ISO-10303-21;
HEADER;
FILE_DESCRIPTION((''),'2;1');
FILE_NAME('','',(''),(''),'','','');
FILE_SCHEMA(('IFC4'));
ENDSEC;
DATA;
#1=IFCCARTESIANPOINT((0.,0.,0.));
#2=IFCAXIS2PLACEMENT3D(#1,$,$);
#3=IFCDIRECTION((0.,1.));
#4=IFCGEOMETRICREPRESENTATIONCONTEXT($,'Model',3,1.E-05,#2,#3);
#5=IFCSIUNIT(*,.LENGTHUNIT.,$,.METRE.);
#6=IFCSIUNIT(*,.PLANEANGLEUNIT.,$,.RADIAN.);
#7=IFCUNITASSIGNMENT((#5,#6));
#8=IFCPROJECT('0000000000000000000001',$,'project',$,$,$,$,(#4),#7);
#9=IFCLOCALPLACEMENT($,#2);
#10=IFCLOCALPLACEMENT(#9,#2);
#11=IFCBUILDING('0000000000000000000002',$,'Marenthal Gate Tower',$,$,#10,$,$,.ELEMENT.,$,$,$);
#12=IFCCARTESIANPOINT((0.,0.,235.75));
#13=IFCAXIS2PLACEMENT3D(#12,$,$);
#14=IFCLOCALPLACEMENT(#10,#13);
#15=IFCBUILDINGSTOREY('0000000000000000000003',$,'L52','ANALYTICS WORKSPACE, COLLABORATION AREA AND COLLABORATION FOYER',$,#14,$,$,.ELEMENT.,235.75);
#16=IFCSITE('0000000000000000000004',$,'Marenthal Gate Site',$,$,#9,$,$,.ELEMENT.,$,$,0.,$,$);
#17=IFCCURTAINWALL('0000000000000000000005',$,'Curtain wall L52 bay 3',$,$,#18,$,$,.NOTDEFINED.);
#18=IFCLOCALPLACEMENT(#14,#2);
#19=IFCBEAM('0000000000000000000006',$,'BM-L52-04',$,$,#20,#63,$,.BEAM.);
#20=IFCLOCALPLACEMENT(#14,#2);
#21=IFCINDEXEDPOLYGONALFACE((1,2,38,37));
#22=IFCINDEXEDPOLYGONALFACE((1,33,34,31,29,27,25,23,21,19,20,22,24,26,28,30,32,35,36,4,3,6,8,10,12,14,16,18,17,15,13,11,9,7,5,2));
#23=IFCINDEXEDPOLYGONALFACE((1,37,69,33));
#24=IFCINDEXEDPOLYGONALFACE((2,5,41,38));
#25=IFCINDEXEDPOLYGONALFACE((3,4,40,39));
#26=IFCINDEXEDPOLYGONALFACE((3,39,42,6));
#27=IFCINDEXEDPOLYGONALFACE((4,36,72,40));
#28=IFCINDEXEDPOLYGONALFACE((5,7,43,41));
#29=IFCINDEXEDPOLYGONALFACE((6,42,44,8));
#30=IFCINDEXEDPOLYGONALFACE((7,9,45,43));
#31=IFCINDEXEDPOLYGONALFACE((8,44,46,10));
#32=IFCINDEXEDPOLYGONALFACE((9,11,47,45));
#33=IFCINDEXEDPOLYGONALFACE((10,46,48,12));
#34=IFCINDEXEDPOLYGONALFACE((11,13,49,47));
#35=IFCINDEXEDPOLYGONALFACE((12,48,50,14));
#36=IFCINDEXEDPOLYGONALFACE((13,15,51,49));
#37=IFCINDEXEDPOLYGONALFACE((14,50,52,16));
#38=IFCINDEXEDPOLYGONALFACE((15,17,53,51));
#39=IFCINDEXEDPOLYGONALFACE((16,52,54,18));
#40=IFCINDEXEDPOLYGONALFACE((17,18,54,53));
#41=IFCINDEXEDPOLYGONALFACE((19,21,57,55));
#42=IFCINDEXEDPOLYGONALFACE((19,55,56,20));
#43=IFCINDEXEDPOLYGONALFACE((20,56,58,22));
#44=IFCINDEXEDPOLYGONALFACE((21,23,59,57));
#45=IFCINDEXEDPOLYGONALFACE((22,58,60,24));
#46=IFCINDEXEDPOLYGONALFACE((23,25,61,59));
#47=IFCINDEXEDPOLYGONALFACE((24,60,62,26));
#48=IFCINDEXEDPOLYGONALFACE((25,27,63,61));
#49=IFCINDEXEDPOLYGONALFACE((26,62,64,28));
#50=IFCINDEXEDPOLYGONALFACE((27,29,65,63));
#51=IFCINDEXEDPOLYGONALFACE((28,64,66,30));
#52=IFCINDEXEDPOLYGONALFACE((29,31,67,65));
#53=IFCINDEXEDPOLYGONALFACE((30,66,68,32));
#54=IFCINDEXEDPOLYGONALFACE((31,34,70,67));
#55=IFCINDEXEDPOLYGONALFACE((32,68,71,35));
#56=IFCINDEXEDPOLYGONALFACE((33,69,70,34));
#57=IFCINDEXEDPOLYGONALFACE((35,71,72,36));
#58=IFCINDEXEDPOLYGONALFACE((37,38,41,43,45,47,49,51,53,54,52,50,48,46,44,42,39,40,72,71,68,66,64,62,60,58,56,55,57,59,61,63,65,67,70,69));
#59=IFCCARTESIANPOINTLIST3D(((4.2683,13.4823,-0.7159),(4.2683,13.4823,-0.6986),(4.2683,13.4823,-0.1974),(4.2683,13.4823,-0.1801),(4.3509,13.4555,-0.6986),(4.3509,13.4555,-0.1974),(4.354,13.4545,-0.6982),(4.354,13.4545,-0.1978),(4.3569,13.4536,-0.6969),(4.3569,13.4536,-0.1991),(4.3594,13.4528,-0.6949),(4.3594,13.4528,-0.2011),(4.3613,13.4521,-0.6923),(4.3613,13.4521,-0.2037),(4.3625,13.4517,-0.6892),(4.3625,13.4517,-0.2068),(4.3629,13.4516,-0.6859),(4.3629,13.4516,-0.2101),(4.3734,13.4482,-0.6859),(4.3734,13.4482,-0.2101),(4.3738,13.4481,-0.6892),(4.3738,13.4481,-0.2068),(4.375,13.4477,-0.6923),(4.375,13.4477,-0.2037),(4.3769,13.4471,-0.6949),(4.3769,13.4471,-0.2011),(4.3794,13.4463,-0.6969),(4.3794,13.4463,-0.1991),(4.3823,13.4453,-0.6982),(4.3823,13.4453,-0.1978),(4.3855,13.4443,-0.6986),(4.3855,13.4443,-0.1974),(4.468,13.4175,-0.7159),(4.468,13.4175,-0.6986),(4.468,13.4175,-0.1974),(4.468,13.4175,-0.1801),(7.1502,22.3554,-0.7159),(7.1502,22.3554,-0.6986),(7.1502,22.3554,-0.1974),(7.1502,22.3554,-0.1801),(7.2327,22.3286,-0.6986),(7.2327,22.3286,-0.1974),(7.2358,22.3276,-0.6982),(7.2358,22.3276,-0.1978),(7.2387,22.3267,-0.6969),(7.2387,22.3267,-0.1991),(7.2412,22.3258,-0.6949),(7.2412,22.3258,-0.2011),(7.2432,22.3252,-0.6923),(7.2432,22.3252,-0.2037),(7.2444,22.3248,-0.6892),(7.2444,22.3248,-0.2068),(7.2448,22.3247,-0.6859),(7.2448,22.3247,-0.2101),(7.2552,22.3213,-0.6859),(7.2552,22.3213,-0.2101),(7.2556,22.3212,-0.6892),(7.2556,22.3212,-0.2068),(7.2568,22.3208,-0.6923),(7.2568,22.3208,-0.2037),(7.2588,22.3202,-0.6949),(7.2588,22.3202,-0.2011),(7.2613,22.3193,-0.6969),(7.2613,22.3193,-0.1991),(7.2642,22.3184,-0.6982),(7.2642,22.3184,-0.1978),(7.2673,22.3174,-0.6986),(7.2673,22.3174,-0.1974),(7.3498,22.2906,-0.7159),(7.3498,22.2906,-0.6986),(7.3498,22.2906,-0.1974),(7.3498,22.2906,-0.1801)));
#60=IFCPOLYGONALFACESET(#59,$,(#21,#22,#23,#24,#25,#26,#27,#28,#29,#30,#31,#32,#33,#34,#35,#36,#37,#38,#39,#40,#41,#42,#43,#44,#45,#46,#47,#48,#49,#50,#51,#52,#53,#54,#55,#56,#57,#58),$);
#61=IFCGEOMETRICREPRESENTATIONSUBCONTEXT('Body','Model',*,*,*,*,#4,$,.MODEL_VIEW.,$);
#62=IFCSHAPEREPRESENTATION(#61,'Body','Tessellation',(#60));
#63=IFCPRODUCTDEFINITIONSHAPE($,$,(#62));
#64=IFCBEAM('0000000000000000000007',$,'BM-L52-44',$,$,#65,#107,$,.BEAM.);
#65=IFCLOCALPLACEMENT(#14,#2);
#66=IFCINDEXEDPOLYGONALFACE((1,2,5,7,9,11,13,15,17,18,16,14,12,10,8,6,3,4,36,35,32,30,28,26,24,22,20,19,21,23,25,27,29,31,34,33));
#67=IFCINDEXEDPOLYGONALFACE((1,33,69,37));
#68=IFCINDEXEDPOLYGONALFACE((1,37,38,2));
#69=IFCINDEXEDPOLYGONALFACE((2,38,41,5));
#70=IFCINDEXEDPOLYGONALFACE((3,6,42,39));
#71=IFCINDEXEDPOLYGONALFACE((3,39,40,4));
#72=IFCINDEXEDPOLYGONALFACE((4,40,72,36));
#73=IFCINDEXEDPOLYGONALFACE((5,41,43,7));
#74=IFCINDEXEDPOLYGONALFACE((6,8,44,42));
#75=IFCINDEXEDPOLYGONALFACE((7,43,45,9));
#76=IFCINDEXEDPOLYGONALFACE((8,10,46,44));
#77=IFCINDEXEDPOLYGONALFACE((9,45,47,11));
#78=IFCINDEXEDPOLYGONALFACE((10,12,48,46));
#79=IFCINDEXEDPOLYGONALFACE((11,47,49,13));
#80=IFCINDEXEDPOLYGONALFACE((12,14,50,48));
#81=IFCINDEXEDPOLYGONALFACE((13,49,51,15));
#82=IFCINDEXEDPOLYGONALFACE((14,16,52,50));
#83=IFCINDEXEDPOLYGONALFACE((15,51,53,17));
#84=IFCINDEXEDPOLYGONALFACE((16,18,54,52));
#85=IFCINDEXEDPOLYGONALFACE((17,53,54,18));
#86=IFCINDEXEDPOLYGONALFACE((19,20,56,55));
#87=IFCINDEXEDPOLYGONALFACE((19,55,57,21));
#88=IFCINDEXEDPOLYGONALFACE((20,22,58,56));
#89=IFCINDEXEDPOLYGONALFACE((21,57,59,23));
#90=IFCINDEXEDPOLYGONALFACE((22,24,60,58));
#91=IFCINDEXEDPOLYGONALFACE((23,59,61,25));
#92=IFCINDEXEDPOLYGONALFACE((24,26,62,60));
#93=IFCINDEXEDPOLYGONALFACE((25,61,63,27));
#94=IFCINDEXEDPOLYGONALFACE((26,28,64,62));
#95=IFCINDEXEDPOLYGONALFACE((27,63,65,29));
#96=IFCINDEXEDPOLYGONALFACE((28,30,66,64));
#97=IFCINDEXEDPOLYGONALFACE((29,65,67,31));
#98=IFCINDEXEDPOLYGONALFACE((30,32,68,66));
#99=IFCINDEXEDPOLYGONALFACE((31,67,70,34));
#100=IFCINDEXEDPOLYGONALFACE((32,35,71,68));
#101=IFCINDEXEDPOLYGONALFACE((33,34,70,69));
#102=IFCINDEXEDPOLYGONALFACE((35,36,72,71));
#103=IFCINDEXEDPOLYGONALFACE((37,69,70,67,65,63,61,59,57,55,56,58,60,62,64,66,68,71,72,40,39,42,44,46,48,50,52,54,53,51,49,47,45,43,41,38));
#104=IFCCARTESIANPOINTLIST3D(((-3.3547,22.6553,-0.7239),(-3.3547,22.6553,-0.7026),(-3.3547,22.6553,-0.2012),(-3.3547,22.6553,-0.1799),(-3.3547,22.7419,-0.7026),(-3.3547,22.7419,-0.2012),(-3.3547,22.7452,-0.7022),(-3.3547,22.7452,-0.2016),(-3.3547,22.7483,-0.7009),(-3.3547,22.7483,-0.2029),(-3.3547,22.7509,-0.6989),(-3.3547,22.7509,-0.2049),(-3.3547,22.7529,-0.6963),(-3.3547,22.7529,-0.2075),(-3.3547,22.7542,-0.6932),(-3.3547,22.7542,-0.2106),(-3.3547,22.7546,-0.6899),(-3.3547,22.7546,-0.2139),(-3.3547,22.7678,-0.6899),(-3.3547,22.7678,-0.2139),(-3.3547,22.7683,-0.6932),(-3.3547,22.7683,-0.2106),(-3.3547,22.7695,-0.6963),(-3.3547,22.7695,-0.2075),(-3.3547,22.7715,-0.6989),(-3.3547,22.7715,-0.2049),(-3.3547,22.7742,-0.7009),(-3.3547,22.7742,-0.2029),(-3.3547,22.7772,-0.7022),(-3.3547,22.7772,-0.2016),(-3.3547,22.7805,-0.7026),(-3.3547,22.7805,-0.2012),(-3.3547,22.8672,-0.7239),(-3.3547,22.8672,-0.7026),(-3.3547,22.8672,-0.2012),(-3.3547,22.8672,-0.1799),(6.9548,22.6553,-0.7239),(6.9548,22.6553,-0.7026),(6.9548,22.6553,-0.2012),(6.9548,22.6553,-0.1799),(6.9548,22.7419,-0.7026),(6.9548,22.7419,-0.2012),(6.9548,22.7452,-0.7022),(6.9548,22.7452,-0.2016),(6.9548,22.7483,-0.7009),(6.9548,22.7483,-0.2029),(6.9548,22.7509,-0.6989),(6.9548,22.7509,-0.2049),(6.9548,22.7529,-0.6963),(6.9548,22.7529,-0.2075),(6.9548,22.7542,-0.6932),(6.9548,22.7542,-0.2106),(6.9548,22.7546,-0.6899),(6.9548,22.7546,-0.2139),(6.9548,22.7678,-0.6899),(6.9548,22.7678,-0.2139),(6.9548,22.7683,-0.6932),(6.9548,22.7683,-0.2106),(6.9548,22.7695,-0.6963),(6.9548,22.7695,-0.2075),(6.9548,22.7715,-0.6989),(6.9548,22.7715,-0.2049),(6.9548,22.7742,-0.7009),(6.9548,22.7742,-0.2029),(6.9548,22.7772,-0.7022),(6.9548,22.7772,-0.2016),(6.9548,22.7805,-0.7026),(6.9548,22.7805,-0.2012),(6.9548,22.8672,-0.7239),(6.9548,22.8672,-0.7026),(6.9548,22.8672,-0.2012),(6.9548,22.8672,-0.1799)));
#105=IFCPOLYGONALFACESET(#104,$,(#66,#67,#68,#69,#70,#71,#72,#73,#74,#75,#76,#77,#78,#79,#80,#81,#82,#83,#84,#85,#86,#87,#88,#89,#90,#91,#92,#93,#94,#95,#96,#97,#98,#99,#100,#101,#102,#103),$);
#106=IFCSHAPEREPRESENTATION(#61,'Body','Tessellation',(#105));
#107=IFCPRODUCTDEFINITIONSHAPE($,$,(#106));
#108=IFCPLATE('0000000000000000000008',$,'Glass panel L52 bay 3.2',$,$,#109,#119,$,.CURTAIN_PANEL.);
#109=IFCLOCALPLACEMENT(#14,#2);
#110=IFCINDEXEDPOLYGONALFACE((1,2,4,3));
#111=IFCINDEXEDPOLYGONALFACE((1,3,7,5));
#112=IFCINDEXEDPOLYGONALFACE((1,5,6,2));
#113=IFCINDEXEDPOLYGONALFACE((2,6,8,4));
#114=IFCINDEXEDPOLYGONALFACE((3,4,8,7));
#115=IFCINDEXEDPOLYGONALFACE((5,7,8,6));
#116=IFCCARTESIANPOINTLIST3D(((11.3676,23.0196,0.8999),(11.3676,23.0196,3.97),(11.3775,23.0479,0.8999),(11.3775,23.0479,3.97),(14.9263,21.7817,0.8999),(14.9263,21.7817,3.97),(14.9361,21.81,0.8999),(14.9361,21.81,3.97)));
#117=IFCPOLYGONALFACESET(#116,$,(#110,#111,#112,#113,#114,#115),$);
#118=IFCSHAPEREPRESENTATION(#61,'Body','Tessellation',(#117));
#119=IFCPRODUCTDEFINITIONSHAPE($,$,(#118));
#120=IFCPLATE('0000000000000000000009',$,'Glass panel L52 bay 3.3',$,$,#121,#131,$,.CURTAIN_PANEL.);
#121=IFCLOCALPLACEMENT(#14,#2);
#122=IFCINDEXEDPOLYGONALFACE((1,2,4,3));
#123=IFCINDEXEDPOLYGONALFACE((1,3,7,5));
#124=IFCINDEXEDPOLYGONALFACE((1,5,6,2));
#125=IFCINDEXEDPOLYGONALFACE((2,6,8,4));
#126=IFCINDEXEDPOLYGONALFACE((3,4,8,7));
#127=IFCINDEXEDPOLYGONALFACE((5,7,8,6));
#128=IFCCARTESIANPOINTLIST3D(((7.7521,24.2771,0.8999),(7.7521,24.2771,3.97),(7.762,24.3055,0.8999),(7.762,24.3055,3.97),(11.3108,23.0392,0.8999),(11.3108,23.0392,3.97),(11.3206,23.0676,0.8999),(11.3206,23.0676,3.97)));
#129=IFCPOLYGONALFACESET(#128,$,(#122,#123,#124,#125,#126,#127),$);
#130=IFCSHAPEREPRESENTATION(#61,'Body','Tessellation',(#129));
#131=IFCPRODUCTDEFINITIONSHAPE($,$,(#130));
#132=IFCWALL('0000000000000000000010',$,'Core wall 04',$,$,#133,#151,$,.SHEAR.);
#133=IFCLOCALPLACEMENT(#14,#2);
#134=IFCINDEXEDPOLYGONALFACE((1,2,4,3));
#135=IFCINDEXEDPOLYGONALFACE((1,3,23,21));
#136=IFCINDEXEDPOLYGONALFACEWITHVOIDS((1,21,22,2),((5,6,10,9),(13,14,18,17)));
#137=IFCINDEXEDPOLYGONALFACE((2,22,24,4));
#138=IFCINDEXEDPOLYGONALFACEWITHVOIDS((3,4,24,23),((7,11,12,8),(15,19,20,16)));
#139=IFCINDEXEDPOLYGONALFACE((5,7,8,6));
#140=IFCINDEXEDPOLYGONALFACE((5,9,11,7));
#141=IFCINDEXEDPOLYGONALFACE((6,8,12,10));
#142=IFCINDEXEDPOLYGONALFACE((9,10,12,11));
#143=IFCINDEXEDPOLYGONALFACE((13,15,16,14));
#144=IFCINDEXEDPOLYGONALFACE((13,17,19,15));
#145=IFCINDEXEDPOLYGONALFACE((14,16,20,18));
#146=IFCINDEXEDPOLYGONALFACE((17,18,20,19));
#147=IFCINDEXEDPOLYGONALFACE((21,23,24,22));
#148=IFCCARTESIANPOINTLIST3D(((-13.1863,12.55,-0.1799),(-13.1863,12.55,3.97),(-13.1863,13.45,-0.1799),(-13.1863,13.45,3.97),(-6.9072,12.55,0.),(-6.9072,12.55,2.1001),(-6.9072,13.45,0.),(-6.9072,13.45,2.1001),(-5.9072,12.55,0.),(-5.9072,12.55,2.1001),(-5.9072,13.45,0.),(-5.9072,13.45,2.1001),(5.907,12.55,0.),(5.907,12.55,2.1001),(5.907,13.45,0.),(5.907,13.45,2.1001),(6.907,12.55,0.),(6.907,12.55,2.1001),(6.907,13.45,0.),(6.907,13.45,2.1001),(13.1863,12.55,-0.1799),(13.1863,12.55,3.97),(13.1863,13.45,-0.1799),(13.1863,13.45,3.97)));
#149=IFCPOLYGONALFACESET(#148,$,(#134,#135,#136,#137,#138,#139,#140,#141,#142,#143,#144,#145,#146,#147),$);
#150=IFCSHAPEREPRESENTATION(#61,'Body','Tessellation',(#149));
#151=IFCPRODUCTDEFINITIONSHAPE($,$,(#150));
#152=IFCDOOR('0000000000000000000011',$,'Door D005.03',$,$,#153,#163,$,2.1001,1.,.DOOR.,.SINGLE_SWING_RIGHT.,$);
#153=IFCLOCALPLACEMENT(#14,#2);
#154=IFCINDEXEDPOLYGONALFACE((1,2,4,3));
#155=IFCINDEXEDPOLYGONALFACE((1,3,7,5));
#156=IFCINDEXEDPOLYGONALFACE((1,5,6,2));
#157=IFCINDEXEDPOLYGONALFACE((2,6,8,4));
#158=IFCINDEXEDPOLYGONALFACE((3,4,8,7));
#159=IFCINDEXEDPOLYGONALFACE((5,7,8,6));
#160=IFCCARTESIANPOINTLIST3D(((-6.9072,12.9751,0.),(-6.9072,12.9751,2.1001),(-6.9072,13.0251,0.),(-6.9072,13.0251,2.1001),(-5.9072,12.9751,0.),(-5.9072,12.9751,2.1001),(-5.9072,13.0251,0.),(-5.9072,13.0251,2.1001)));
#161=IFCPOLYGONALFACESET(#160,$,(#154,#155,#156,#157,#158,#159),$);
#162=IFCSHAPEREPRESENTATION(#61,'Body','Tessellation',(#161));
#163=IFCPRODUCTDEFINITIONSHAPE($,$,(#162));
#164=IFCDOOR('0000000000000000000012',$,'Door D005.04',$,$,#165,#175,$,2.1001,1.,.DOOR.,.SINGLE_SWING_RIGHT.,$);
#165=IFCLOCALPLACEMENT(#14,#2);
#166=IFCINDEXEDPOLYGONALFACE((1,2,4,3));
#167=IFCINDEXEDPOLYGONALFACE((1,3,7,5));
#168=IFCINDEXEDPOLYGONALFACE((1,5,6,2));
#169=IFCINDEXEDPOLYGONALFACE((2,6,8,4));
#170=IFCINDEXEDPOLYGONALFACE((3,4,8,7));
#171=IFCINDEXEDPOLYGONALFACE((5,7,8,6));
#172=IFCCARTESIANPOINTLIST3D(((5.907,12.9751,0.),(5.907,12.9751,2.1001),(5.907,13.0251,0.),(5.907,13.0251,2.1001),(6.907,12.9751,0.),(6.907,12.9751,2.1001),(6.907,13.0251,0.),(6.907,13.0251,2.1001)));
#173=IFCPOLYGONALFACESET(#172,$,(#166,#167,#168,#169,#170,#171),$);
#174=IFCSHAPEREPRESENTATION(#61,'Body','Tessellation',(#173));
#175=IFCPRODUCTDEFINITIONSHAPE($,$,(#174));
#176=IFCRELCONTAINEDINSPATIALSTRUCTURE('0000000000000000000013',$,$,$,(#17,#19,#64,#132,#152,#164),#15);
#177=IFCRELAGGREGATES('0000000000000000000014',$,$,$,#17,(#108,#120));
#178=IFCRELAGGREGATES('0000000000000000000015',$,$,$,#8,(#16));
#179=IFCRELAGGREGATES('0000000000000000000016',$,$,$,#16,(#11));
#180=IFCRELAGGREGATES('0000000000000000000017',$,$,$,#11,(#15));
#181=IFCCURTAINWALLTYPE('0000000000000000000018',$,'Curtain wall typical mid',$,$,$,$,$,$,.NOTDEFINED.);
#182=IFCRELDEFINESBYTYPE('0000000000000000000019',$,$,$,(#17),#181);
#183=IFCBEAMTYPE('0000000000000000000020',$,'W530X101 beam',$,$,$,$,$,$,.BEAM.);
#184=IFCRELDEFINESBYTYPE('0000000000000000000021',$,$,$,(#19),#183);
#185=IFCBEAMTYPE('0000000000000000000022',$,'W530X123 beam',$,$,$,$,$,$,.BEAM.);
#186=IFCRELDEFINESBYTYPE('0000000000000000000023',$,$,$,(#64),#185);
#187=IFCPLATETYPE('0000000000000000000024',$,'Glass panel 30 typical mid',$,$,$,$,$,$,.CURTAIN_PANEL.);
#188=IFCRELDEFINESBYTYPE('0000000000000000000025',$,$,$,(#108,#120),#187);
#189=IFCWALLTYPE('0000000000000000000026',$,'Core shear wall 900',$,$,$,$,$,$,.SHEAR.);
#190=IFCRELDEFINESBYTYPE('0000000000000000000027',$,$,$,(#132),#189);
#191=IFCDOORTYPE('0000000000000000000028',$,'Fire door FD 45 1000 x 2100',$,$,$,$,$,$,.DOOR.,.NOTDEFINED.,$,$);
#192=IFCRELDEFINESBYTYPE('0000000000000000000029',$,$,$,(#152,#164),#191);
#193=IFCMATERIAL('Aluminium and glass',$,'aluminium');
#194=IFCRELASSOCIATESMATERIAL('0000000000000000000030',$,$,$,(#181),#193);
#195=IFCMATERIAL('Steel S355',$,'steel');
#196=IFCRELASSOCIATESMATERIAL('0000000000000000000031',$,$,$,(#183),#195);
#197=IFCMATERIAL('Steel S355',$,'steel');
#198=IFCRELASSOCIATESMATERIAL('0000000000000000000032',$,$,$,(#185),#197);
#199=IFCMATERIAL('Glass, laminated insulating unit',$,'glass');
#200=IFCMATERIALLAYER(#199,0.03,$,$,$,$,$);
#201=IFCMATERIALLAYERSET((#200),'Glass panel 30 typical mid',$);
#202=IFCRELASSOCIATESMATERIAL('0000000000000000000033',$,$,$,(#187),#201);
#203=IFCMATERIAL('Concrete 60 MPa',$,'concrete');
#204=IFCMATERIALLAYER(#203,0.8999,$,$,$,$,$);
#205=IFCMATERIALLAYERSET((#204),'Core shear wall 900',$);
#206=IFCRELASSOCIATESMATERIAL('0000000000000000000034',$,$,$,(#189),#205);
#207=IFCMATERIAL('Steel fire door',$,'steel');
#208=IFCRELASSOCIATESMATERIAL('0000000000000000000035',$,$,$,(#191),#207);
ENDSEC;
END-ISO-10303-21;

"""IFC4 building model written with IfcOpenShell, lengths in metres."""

from ifc_helpers import new_model, si_unit, direction, frame, frame_2d, origin, origin_2d, place, context, subcontext, project, spatial, rectangle, i_section, extrude, material, layer, layer_set, material_profile, profile_set, type_object, element, fill, aggregate, save


model = new_model("IFC4")

# Units and contexts
model_context = context("Model", 3, precision=1e-05, world=origin(), true_north=direction((0.0, 1.0)))
body_context = subcontext(model_context, "Body", "Model", "MODEL_VIEW")
ifc_project = project(units=[si_unit("LENGTHUNIT", "METRE"), si_unit("PLANEANGLEUNIT", "RADIAN")], contexts=[model_context])

# Site, building, storey
site_placement = place(None, origin())
site = spatial("IfcSite", under=ifc_project, at=site_placement, Name="Marenthal Gate Site", CompositionType="ELEMENT", RefElevation=0.0)
building_placement = place(site_placement, origin())
building = spatial("IfcBuilding", under=site, at=building_placement, Name="Marenthal Gate Tower", CompositionType="ELEMENT")
storey_placement = place(building_placement, frame((0.0, 0.0, 235.75)))
storey = spatial("IfcBuildingStorey", under=building, at=storey_placement, Name="L52", Description="ANALYTICS WORKSPACE, COLLABORATION AREA AND COLLABORATION FOYER", CompositionType="ELEMENT", Elevation=235.75)

# Curtain wall
ifc_material_1 = material(Name="Aluminium and glass", Category="aluminium")
curtain_wall_type = type_object("IfcCurtainWallType", Name="Curtain wall typical mid", PredefinedType="NOTDEFINED", material=ifc_material_1)
curtain_wall_placement = place(storey_placement, origin())
curtain_wall = element("IfcCurtainWall", 1, at=curtain_wall_placement, inside=storey, type_object=curtain_wall_type, Name="Curtain wall L52 bay 3", PredefinedType="NOTDEFINED")

# Beams
ifc_material_2 = material(Name="Steel S355", Category="steel")
ifc_material_profile_1 = material_profile(ifc_material_2, i_section(OverallWidth=0.21, OverallDepth=0.5359, WebThickness=0.011, FlangeThickness=0.0173, FilletRadius=0.0127, at=origin_2d()), Name="W530X101")
ifc_profile_set_1 = profile_set([ifc_material_profile_1], Name="Steel S355")
beam_type_1 = type_object("IfcBeamType", Name="W530X101 beam", PredefinedType="BEAM", material=ifc_profile_set_1)
beam_1_placement = place(storey_placement, frame((7.25, 22.323, -0.448), z_axis=(-0.308901, -0.951094, 0.0), x_axis=(0.951094, -0.308901, 0.0)))
element("IfcBeam", 2, at=beam_1_placement, inside=storey, type_object=beam_type_1, Name="BM-L52-04", PredefinedType="BEAM", context=body_context, shape_type="SweptSolid", body=[
    extrude(i_section(OverallWidth=0.21, OverallDepth=0.5359, WebThickness=0.011, FlangeThickness=0.0173, FilletRadius=0.0127, at=origin_2d()), origin(), (0.0, 0.0, 1.0), 9.3293),
])
ifc_material_3 = material(Name="Steel S355", Category="steel")
ifc_material_profile_2 = material_profile(ifc_material_3, i_section(OverallWidth=0.2119, OverallDepth=0.5439, WebThickness=0.0132, FlangeThickness=0.0212, FilletRadius=0.0127, at=origin_2d()), Name="W530X123")
ifc_profile_set_2 = profile_set([ifc_material_profile_2], Name="Steel S355")
beam_type_2 = type_object("IfcBeamType", Name="W530X123 beam", PredefinedType="BEAM", material=ifc_profile_set_2)
beam_2_placement = place(storey_placement, frame((6.9548, 22.7612, -0.4519), z_axis=(-1.0, 0.0, 0.0), x_axis=(0.0, -1.0, 0.0)))
element("IfcBeam", 3, at=beam_2_placement, inside=storey, type_object=beam_type_2, Name="BM-L52-44", PredefinedType="BEAM", context=body_context, shape_type="SweptSolid", body=[
    extrude(i_section(OverallWidth=0.2119, OverallDepth=0.5439, WebThickness=0.0132, FlangeThickness=0.0212, FilletRadius=0.0127, at=origin_2d()), origin(), (0.0, 0.0, 1.0), 10.3096),
])

# Plates
ifc_material_4 = material(Name="Glass, laminated insulating unit", Category="glass")
ifc_layer_1 = layer(ifc_material_4, 0.03)
ifc_layer_set_1 = layer_set([ifc_layer_1], Name="Glass panel 30 typical mid")
plate_type = type_object("IfcPlateType", Name="Glass panel 30 typical mid", PredefinedType="CURTAIN_PANEL", material=ifc_layer_set_1)
plate_1_placement = place(storey_placement, frame((13.1519, 22.4148, 0.8999), z_axis=(0.0, 0.0, 1.0), x_axis=(-0.94449, 0.32854, 0.0)))
plate_1 = element("IfcPlate", 4, at=plate_1_placement, type_object=plate_type, Name="Glass panel L52 bay 3.2", PredefinedType="CURTAIN_PANEL", context=body_context, shape_type="SweptSolid", body=[
    extrude(rectangle(XDim=3.7678, YDim=0.03, at=origin_2d()), origin(), (0.0, 0.0, 1.0), 3.0701),
])
plate_2_placement = place(storey_placement, frame((9.5364, 23.6724, 0.8999), z_axis=(0.0, 0.0, 1.0), x_axis=(-0.94449, 0.32854, 0.0)))
plate_2 = element("IfcPlate", 5, at=plate_2_placement, type_object=plate_type, Name="Glass panel L52 bay 3.3", PredefinedType="CURTAIN_PANEL", context=body_context, shape_type="SweptSolid", body=[
    extrude(rectangle(XDim=3.7678, YDim=0.03, at=origin_2d()), origin(), (0.0, 0.0, 1.0), 3.0701),
])
aggregate(curtain_wall, [plate_1, plate_2])

# Wall, openings, doors
ifc_material_5 = material(Name="Concrete 60 MPa", Category="concrete")
ifc_layer_2 = layer(ifc_material_5, 0.8999)
ifc_layer_set_2 = layer_set([ifc_layer_2], Name="Core shear wall 900")
wall_type_1 = type_object("IfcWallType", Name="Core shear wall 900", PredefinedType="SHEAR", material=ifc_layer_set_2)
wall_1_placement = place(storey_placement, frame((13.1863, 13.0, -0.1799), z_axis=(0.0, 0.0, 1.0), x_axis=(-1.0, 0.0, 0.0)))
wall_1 = element("IfcWall", 6, at=wall_1_placement, inside=storey, type_object=wall_type_1, Name="Core wall 04", PredefinedType="SHEAR", context=body_context, shape_type="SweptSolid", body=[
    extrude(rectangle(XDim=26.3726, YDim=0.8999, at=frame_2d((13.1863, 0.0))), origin(), (0.0, 0.0, 1.0), 4.1499),
])
opening_1_placement = place(wall_1_placement, frame((19.0935, 0.0, 0.1799)))
opening_1 = element("IfcOpeningElement", 7, at=opening_1_placement, cuts=wall_1, PredefinedType="OPENING", context=body_context, shape_type="SweptSolid", body=[
    extrude(rectangle(XDim=1.0, YDim=2.1001, at=frame_2d((0.5, 1.05))), frame((0.0, 0.46, 0.0), z_axis=(0.0, -1.0, 0.0), x_axis=(1.0, 0.0, 0.0)), (0.0, 0.0, 1.0), 0.9199),
])
opening_2_placement = place(wall_1_placement, frame((6.2793, 0.0, 0.1799)))
opening_2 = element("IfcOpeningElement", 8, at=opening_2_placement, cuts=wall_1, PredefinedType="OPENING", context=body_context, shape_type="SweptSolid", body=[
    extrude(rectangle(XDim=1.0, YDim=2.1001, at=frame_2d((0.5, 1.05))), frame((0.0, 0.46, 0.0), z_axis=(0.0, -1.0, 0.0), x_axis=(1.0, 0.0, 0.0)), (0.0, 0.0, 1.0), 0.9199),
])
ifc_material_6 = material(Name="Steel fire door", Category="steel")
door_type_1 = type_object("IfcDoorType", Name="Fire door FD 45 1000 x 2100", OperationType="NOTDEFINED", PredefinedType="DOOR", material=ifc_material_6)
door_1_placement = place(opening_1_placement, origin())
door_1 = element("IfcDoor", 9, at=door_1_placement, inside=storey, type_object=door_type_1, Name="Door D005.03", OperationType="SINGLE_SWING_RIGHT", OverallHeight=2.1001, OverallWidth=1.0, PredefinedType="DOOR", context=body_context, shape_type="SweptSolid", body=[
    extrude(rectangle(XDim=1.0, YDim=2.1001, at=frame_2d((0.5, 1.05))), frame((0.0, 0.0249, 0.0), z_axis=(0.0, -1.0, 0.0), x_axis=(1.0, 0.0, 0.0)), (0.0, 0.0, 1.0), 0.05),
])
fill(opening_1, door_1)
door_2_placement = place(opening_2_placement, origin())
door_2 = element("IfcDoor", 10, at=door_2_placement, inside=storey, type_object=door_type_1, Name="Door D005.04", OperationType="SINGLE_SWING_RIGHT", OverallHeight=2.1001, OverallWidth=1.0, PredefinedType="DOOR", context=body_context, shape_type="SweptSolid", body=[
    extrude(rectangle(XDim=1.0, YDim=2.1001, at=frame_2d((0.5, 1.05))), frame((0.0, 0.0249, 0.0), z_axis=(0.0, -1.0, 0.0), x_axis=(1.0, 0.0, 0.0)), (0.0, 0.0, 1.0), 0.05),
])
fill(opening_2, door_2)

save(model, "model.ifc")
